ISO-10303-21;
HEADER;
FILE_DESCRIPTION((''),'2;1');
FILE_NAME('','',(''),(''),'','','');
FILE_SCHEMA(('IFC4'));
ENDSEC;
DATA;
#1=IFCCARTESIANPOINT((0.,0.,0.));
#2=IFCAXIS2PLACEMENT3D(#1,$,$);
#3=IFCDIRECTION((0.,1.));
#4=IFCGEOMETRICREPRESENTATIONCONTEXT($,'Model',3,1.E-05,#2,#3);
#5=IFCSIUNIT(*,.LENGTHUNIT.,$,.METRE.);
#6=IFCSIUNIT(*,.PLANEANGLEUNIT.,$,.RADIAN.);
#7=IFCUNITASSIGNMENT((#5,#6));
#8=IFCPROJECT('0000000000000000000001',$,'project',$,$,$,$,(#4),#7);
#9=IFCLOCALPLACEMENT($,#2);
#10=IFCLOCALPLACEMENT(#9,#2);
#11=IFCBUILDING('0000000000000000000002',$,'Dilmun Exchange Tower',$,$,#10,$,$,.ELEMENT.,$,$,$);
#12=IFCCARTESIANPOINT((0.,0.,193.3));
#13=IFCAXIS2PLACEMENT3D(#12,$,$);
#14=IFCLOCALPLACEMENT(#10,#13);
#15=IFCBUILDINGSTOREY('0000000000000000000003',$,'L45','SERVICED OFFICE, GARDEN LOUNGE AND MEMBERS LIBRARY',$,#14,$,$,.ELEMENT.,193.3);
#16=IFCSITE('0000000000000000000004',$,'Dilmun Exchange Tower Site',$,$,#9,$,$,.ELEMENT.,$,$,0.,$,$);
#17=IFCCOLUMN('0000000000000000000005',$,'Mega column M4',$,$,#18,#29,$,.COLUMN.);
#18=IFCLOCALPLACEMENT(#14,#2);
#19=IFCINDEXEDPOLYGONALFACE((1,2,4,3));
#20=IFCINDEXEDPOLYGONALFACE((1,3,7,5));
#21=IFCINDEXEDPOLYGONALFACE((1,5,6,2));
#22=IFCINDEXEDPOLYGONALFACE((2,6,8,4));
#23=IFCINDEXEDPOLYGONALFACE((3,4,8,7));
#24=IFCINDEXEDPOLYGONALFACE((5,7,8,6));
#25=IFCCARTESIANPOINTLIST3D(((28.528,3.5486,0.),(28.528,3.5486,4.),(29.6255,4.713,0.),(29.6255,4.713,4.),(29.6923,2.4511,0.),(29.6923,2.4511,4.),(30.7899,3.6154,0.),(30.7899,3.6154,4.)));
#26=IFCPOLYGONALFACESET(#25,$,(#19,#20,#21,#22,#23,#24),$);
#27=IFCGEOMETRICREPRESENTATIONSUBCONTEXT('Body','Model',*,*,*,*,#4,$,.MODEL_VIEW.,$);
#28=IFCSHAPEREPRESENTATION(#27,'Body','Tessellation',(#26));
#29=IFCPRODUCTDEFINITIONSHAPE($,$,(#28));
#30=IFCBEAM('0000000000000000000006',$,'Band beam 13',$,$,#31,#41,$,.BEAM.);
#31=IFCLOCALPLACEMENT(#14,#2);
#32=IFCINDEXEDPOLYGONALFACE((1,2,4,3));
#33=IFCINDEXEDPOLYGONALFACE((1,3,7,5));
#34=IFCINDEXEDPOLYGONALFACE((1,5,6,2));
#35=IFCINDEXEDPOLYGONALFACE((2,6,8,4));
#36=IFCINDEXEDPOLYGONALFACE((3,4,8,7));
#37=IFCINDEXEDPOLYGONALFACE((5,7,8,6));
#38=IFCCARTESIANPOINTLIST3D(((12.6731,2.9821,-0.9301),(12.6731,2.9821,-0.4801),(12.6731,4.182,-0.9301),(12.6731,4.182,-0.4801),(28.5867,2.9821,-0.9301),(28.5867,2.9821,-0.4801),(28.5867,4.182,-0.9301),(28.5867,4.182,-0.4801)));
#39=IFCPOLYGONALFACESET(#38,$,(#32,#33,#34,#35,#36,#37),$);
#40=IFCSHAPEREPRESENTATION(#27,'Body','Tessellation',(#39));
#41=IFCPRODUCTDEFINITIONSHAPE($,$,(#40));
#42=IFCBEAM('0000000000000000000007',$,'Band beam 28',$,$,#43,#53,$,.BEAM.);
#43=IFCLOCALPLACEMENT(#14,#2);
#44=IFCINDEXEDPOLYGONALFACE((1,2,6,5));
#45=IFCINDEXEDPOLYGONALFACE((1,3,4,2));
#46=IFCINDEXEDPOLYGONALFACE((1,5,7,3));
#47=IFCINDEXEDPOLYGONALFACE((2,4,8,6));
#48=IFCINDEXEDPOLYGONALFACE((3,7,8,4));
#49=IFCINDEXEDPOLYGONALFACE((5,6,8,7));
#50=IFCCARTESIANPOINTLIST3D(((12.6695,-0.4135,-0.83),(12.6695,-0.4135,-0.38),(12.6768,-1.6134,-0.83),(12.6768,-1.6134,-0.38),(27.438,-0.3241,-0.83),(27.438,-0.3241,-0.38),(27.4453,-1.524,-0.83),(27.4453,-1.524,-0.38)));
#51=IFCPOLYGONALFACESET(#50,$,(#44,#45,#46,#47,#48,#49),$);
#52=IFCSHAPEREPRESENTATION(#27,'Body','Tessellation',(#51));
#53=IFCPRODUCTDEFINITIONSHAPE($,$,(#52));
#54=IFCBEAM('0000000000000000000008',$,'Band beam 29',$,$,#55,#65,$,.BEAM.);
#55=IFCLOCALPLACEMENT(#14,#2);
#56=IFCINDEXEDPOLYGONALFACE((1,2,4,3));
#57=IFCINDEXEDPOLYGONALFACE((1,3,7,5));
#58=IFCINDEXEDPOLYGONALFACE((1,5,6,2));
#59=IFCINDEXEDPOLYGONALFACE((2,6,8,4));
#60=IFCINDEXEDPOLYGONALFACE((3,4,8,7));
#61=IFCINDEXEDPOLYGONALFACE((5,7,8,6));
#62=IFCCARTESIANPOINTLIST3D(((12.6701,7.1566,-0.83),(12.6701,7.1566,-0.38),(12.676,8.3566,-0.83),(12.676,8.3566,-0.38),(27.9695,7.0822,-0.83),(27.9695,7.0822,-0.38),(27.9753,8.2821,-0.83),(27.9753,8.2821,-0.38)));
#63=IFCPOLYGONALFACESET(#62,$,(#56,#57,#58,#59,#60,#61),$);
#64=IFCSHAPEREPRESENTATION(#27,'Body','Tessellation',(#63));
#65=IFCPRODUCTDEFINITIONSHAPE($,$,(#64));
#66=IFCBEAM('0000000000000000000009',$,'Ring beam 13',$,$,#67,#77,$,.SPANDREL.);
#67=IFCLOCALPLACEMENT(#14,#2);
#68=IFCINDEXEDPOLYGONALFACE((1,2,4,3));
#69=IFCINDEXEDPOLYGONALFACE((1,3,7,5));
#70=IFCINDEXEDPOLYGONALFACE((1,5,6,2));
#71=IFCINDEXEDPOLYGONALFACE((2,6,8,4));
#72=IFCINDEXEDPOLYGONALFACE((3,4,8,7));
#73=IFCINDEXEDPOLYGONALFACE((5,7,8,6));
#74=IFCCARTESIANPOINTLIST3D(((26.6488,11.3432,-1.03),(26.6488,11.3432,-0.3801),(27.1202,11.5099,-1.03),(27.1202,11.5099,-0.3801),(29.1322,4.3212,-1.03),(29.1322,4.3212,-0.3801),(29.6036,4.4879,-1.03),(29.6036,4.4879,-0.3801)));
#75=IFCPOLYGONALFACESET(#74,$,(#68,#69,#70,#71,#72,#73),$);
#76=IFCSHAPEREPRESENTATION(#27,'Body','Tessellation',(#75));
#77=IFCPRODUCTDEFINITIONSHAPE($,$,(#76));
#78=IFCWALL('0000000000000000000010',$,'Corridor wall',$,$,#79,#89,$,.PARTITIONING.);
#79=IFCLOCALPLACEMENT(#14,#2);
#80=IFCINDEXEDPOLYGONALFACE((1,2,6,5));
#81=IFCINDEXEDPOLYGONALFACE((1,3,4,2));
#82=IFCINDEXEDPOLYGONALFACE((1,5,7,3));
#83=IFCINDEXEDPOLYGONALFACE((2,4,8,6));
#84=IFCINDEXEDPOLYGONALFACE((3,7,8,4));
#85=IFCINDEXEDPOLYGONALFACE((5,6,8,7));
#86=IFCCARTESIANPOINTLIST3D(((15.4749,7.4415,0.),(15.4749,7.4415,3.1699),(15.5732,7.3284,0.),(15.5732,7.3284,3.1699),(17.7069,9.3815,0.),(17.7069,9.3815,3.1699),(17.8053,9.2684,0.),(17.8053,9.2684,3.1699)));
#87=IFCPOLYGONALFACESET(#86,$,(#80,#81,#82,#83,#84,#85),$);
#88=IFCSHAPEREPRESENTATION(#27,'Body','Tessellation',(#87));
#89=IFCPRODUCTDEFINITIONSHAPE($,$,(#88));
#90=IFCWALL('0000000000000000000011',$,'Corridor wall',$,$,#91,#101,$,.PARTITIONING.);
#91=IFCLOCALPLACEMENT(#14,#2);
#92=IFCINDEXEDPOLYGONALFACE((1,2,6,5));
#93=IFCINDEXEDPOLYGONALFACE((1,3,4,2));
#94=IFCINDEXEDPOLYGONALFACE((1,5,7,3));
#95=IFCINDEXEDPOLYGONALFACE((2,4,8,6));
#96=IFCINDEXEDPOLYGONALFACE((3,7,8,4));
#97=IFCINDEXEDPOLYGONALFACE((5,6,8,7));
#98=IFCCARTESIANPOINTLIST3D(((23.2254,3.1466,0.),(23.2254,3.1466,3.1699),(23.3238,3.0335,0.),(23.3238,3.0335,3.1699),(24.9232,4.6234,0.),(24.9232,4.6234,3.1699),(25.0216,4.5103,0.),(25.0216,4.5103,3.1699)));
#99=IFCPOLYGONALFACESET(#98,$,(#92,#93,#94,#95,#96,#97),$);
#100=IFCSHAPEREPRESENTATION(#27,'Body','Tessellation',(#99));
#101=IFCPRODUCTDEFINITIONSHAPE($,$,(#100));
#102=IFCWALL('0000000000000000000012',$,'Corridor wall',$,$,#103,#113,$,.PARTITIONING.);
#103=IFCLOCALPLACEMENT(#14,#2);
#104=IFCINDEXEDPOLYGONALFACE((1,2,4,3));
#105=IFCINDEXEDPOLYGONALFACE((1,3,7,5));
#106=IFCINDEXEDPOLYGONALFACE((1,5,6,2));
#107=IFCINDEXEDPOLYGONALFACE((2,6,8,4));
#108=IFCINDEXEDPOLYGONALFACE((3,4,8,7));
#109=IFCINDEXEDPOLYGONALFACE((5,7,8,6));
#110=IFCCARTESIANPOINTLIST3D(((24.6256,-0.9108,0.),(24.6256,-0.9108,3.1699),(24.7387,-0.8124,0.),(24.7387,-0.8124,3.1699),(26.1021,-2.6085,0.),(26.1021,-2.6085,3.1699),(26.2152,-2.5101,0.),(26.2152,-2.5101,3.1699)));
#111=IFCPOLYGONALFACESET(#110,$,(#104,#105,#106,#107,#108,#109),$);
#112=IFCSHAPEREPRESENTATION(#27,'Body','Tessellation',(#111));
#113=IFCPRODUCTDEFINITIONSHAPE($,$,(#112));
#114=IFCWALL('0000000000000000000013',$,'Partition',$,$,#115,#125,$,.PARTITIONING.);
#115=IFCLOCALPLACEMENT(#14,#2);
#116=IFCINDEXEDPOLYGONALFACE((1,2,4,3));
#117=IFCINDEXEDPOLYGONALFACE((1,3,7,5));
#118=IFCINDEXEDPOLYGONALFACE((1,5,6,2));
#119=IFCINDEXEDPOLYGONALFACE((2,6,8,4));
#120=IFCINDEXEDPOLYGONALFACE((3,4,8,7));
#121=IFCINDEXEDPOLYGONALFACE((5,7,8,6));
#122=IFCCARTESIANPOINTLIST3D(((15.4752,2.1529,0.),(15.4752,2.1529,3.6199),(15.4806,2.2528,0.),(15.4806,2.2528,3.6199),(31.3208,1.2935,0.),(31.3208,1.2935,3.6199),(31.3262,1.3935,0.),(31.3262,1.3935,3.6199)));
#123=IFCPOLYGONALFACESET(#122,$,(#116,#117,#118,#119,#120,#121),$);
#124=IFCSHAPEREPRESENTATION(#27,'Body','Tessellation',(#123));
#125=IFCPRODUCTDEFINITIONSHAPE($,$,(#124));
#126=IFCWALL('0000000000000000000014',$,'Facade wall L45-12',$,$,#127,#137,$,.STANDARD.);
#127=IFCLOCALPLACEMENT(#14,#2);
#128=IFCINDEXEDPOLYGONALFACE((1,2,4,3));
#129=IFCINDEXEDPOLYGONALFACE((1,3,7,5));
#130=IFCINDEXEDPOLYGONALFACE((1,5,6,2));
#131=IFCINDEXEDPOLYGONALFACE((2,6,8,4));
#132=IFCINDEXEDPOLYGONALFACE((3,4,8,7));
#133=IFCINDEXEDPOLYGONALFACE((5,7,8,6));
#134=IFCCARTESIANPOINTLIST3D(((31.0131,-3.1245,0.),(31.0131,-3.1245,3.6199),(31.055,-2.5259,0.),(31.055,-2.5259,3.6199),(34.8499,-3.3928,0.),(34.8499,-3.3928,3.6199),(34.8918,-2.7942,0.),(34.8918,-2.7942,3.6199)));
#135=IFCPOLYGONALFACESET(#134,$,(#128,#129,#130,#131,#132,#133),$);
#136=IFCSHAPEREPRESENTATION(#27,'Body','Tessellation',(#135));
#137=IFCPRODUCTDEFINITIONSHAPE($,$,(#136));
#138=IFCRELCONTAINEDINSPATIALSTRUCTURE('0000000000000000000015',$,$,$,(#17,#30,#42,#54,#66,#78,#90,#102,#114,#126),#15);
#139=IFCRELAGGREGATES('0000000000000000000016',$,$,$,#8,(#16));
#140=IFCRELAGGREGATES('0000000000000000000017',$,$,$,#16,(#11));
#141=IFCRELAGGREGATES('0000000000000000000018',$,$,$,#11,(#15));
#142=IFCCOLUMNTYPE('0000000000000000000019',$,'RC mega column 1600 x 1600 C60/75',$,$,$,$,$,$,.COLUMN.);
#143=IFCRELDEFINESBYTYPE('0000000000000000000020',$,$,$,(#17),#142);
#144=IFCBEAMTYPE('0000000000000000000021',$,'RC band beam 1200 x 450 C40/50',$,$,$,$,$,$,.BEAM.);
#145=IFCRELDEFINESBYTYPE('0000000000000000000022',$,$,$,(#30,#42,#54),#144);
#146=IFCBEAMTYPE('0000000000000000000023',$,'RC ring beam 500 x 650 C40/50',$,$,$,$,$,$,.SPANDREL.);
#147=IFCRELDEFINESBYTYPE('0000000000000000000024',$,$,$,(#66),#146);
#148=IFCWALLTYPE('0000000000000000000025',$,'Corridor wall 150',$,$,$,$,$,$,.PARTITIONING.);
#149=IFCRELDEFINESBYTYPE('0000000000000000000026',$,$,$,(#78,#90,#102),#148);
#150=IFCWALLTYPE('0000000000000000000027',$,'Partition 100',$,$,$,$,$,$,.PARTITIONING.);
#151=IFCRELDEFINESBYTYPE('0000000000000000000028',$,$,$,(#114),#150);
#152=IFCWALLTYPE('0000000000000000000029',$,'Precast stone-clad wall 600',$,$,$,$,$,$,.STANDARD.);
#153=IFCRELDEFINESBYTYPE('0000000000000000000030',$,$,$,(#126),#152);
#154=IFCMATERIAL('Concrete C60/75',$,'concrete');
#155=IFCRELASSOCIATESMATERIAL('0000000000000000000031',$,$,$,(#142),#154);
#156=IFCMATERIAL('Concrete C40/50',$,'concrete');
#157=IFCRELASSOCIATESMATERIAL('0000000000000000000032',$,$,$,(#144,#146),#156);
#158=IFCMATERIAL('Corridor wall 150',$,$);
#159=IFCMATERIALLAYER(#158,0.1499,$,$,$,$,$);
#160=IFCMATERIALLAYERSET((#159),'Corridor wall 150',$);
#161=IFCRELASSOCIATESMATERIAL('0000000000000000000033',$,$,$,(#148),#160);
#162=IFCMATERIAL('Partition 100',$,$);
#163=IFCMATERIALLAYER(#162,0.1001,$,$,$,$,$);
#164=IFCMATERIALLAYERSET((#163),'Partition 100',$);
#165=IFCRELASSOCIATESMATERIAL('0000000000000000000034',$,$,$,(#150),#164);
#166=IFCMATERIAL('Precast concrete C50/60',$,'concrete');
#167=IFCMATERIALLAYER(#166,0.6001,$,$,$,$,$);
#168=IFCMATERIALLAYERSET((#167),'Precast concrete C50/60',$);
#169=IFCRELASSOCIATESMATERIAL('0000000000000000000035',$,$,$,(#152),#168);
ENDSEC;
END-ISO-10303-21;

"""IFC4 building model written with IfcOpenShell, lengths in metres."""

from ifc_helpers import new_model, si_unit, direction, frame, frame_2d, origin, origin_2d, place, context, subcontext, project, spatial, rectangle, extrude, material, layer, layer_set, material_profile, profile_set, type_object, element, save


model = new_model("IFC4")

# Units and contexts
model_context = context("Model", 3, precision=1e-05, world=origin(), true_north=direction((0.0, 1.0)))
body_context = subcontext(model_context, "Body", "Model", "MODEL_VIEW")
ifc_project = project(units=[si_unit("LENGTHUNIT", "METRE"), si_unit("PLANEANGLEUNIT", "RADIAN")], contexts=[model_context])

# Site, building, storey
site_placement = place(None, origin())
site = spatial("IfcSite", under=ifc_project, at=site_placement, Name="Dilmun Exchange Tower Site", CompositionType="ELEMENT", RefElevation=0.0)
building_placement = place(site_placement, origin())
building = spatial("IfcBuilding", under=site, at=building_placement, Name="Dilmun Exchange Tower", CompositionType="ELEMENT")
storey_placement = place(building_placement, frame((0.0, 0.0, 193.3)))
storey = spatial("IfcBuildingStorey", under=building, at=storey_placement, Name="L45", Description="SERVICED OFFICE, GARDEN LOUNGE AND MEMBERS LIBRARY", CompositionType="ELEMENT", Elevation=193.3)

# Column
ifc_material_1 = material(Name="Concrete C60/75", Category="concrete")
ifc_material_profile_1 = material_profile(ifc_material_1, rectangle(XDim=1.6001, YDim=1.6001, at=origin_2d()), Name="1600 x 1600")
ifc_profile_set_1 = profile_set([ifc_material_profile_1], Name="Concrete C60/75")
column_type = type_object("IfcColumnType", Name="RC mega column 1600 x 1600 C60/75", PredefinedType="COLUMN", material=ifc_profile_set_1)
column_placement = place(storey_placement, frame((29.6589, 3.582, 0.0), z_axis=(0.0, 0.0, 1.0), x_axis=(0.685916, 0.727681, 0.0)))
element("IfcColumn", 1, at=column_placement, inside=storey, type_object=column_type, Name="Mega column M4", PredefinedType="COLUMN", context=body_context, shape_type="SweptSolid", body=[
    extrude(rectangle(XDim=1.6001, YDim=1.6001, at=origin_2d()), origin(), (0.0, 0.0, 1.0), 4.0),
])

# Beams
ifc_material_2 = material(Name="Concrete C40/50", Category="concrete")
ifc_material_profile_2 = material_profile(ifc_material_2, rectangle(XDim=1.2, YDim=0.45, at=origin_2d()), Name="1200 x 450")
ifc_profile_set_2 = profile_set([ifc_material_profile_2], Name="Concrete C40/50")
beam_type_1 = type_object("IfcBeamType", Name="RC band beam 1200 x 450 C40/50", PredefinedType="BEAM", material=ifc_profile_set_2)
beam_1_placement = place(storey_placement, frame((28.5867, 3.582, -0.7051), z_axis=(-1.0, 0.0, 0.0), x_axis=(0.0, -1.0, 0.0)))
element("IfcBeam", 2, at=beam_1_placement, inside=storey, type_object=beam_type_1, Name="Band beam 13", PredefinedType="BEAM", context=body_context, shape_type="SweptSolid", body=[
    extrude(rectangle(XDim=1.2, YDim=0.45, at=origin_2d()), origin(), (0.0, 0.0, 1.0), 15.9136),
])
beam_2_placement = place(storey_placement, frame((27.4417, -0.9241, -0.605), z_axis=(-0.999982, -0.00605, 0.0), x_axis=(0.00605, -0.999982, 0.0)))
element("IfcBeam", 3, at=beam_2_placement, inside=storey, type_object=beam_type_1, Name="Band beam 28", PredefinedType="BEAM", context=body_context, shape_type="SweptSolid", body=[
    extrude(rectangle(XDim=1.2, YDim=0.45, at=origin_2d()), origin(), (0.0, 0.0, 1.0), 14.7688),
])
beam_3_placement = place(storey_placement, frame((27.9724, 7.6821, -0.605), z_axis=(-0.999988, 0.004867, 0.0), x_axis=(-0.004867, -0.999988, 0.0)))
element("IfcBeam", 4, at=beam_3_placement, inside=storey, type_object=beam_type_1, Name="Band beam 29", PredefinedType="BEAM", context=body_context, shape_type="SweptSolid", body=[
    extrude(rectangle(XDim=1.2, YDim=0.45, at=origin_2d()), origin(), (0.0, 0.0, 1.0), 15.2996),
])
ifc_material_profile_3 = material_profile(ifc_material_2, rectangle(XDim=0.5, YDim=0.6499, at=origin_2d()), Name="500 x 650")
ifc_profile_set_3 = profile_set([ifc_material_profile_3], Name="Concrete C40/50")
beam_type_2 = type_object("IfcBeamType", Name="RC ring beam 500 x 650 C40/50", PredefinedType="SPANDREL", material=ifc_profile_set_3)
beam_4_placement = place(storey_placement, frame((29.3679, 4.4045, -0.7051), z_axis=(-0.333424, 0.942777, 0.0), x_axis=(-0.942777, -0.333424, 0.0)))
element("IfcBeam", 5, at=beam_4_placement, inside=storey, type_object=beam_type_2, Name="Ring beam 13", PredefinedType="SPANDREL", context=body_context, shape_type="SweptSolid", body=[
    extrude(rectangle(XDim=0.5, YDim=0.6499, at=origin_2d()), origin(), (0.0, 0.0, 1.0), 7.4482),
])

# Walls
ifc_material_3 = material(Name="Corridor wall 150")
ifc_layer_1 = layer(ifc_material_3, 0.1499)
ifc_layer_set_1 = layer_set([ifc_layer_1], Name="Corridor wall 150")
wall_type_1 = type_object("IfcWallType", Name="Corridor wall 150", PredefinedType="PARTITIONING", material=ifc_layer_set_1)
wall_1_placement = place(storey_placement, frame((15.5242, 7.385, 0.0), z_axis=(0.0, 0.0, 1.0), x_axis=(0.754751, 0.656011, 0.0)))
element("IfcWall", 6, at=wall_1_placement, inside=storey, type_object=wall_type_1, Name="Corridor wall", PredefinedType="PARTITIONING", context=body_context, shape_type="SweptSolid", body=[
    extrude(rectangle(XDim=2.9573, YDim=0.1499, at=frame_2d((1.4785, 0.0))), origin(), (0.0, 0.0, 1.0), 3.1699),
])
wall_2_placement = place(storey_placement, frame((23.2747, 3.0901, 0.0), z_axis=(0.0, 0.0, 1.0), x_axis=(0.754496, 0.656305, 0.0)))
element("IfcWall", 7, at=wall_2_placement, inside=storey, type_object=wall_type_1, Name="Corridor wall", PredefinedType="PARTITIONING", context=body_context, shape_type="SweptSolid", body=[
    extrude(rectangle(XDim=2.2502, YDim=0.1499, at=frame_2d((1.125, 0.0))), origin(), (0.0, 0.0, 1.0), 3.1699),
])
wall_3_placement = place(storey_placement, frame((24.6821, -0.8616, 0.0), z_axis=(0.0, 0.0, 1.0), x_axis=(0.656243, -0.754549, 0.0)))
element("IfcWall", 8, at=wall_3_placement, inside=storey, type_object=wall_type_1, Name="Corridor wall", PredefinedType="PARTITIONING", context=body_context, shape_type="SweptSolid", body=[
    extrude(rectangle(XDim=2.25, YDim=0.1499, at=frame_2d((1.125, 0.0))), origin(), (0.0, 0.0, 1.0), 3.1699),
])
ifc_material_4 = material(Name="Partition 100")
ifc_layer_2 = layer(ifc_material_4, 0.1001)
ifc_layer_set_2 = layer_set([ifc_layer_2], Name="Partition 100")
wall_type_2 = type_object("IfcWallType", Name="Partition 100", PredefinedType="PARTITIONING", material=ifc_layer_set_2)
wall_4_placement = place(storey_placement, frame((15.4778, 2.2029, 0.0), z_axis=(0.0, 0.0, 1.0), x_axis=(0.998533, -0.054154, 0.0)))
element("IfcWall", 9, at=wall_4_placement, inside=storey, type_object=wall_type_2, Name="Partition", PredefinedType="PARTITIONING", context=body_context, shape_type="SweptSolid", body=[
    extrude(rectangle(XDim=15.8689, YDim=0.1001, at=frame_2d((7.9346, 0.0))), origin(), (0.0, 0.0, 1.0), 3.6199),
])
ifc_material_5 = material(Name="Precast concrete C50/60", Category="concrete")
ifc_layer_3 = layer(ifc_material_5, 0.6001)
ifc_layer_set_3 = layer_set([ifc_layer_3], Name="Precast concrete C50/60")
wall_type_3 = type_object("IfcWallType", Name="Precast stone-clad wall 600", PredefinedType="STANDARD", material=ifc_layer_set_3)
wall_5_placement = place(storey_placement, frame((34.8708, -3.0935, 0.0), z_axis=(0.0, 0.0, 1.0), x_axis=(-0.997564, 0.069758, 0.0)))
element("IfcWall", 10, at=wall_5_placement, inside=storey, type_object=wall_type_3, Name="Facade wall L45-12", PredefinedType="STANDARD", context=body_context, shape_type="SweptSolid", body=[
    extrude(rectangle(XDim=3.8462, YDim=0.6001, at=frame_2d((1.9231, 0.0))), origin(), (0.0, 0.0, 1.0), 3.6199),
])

save(model, "model.ifc")
